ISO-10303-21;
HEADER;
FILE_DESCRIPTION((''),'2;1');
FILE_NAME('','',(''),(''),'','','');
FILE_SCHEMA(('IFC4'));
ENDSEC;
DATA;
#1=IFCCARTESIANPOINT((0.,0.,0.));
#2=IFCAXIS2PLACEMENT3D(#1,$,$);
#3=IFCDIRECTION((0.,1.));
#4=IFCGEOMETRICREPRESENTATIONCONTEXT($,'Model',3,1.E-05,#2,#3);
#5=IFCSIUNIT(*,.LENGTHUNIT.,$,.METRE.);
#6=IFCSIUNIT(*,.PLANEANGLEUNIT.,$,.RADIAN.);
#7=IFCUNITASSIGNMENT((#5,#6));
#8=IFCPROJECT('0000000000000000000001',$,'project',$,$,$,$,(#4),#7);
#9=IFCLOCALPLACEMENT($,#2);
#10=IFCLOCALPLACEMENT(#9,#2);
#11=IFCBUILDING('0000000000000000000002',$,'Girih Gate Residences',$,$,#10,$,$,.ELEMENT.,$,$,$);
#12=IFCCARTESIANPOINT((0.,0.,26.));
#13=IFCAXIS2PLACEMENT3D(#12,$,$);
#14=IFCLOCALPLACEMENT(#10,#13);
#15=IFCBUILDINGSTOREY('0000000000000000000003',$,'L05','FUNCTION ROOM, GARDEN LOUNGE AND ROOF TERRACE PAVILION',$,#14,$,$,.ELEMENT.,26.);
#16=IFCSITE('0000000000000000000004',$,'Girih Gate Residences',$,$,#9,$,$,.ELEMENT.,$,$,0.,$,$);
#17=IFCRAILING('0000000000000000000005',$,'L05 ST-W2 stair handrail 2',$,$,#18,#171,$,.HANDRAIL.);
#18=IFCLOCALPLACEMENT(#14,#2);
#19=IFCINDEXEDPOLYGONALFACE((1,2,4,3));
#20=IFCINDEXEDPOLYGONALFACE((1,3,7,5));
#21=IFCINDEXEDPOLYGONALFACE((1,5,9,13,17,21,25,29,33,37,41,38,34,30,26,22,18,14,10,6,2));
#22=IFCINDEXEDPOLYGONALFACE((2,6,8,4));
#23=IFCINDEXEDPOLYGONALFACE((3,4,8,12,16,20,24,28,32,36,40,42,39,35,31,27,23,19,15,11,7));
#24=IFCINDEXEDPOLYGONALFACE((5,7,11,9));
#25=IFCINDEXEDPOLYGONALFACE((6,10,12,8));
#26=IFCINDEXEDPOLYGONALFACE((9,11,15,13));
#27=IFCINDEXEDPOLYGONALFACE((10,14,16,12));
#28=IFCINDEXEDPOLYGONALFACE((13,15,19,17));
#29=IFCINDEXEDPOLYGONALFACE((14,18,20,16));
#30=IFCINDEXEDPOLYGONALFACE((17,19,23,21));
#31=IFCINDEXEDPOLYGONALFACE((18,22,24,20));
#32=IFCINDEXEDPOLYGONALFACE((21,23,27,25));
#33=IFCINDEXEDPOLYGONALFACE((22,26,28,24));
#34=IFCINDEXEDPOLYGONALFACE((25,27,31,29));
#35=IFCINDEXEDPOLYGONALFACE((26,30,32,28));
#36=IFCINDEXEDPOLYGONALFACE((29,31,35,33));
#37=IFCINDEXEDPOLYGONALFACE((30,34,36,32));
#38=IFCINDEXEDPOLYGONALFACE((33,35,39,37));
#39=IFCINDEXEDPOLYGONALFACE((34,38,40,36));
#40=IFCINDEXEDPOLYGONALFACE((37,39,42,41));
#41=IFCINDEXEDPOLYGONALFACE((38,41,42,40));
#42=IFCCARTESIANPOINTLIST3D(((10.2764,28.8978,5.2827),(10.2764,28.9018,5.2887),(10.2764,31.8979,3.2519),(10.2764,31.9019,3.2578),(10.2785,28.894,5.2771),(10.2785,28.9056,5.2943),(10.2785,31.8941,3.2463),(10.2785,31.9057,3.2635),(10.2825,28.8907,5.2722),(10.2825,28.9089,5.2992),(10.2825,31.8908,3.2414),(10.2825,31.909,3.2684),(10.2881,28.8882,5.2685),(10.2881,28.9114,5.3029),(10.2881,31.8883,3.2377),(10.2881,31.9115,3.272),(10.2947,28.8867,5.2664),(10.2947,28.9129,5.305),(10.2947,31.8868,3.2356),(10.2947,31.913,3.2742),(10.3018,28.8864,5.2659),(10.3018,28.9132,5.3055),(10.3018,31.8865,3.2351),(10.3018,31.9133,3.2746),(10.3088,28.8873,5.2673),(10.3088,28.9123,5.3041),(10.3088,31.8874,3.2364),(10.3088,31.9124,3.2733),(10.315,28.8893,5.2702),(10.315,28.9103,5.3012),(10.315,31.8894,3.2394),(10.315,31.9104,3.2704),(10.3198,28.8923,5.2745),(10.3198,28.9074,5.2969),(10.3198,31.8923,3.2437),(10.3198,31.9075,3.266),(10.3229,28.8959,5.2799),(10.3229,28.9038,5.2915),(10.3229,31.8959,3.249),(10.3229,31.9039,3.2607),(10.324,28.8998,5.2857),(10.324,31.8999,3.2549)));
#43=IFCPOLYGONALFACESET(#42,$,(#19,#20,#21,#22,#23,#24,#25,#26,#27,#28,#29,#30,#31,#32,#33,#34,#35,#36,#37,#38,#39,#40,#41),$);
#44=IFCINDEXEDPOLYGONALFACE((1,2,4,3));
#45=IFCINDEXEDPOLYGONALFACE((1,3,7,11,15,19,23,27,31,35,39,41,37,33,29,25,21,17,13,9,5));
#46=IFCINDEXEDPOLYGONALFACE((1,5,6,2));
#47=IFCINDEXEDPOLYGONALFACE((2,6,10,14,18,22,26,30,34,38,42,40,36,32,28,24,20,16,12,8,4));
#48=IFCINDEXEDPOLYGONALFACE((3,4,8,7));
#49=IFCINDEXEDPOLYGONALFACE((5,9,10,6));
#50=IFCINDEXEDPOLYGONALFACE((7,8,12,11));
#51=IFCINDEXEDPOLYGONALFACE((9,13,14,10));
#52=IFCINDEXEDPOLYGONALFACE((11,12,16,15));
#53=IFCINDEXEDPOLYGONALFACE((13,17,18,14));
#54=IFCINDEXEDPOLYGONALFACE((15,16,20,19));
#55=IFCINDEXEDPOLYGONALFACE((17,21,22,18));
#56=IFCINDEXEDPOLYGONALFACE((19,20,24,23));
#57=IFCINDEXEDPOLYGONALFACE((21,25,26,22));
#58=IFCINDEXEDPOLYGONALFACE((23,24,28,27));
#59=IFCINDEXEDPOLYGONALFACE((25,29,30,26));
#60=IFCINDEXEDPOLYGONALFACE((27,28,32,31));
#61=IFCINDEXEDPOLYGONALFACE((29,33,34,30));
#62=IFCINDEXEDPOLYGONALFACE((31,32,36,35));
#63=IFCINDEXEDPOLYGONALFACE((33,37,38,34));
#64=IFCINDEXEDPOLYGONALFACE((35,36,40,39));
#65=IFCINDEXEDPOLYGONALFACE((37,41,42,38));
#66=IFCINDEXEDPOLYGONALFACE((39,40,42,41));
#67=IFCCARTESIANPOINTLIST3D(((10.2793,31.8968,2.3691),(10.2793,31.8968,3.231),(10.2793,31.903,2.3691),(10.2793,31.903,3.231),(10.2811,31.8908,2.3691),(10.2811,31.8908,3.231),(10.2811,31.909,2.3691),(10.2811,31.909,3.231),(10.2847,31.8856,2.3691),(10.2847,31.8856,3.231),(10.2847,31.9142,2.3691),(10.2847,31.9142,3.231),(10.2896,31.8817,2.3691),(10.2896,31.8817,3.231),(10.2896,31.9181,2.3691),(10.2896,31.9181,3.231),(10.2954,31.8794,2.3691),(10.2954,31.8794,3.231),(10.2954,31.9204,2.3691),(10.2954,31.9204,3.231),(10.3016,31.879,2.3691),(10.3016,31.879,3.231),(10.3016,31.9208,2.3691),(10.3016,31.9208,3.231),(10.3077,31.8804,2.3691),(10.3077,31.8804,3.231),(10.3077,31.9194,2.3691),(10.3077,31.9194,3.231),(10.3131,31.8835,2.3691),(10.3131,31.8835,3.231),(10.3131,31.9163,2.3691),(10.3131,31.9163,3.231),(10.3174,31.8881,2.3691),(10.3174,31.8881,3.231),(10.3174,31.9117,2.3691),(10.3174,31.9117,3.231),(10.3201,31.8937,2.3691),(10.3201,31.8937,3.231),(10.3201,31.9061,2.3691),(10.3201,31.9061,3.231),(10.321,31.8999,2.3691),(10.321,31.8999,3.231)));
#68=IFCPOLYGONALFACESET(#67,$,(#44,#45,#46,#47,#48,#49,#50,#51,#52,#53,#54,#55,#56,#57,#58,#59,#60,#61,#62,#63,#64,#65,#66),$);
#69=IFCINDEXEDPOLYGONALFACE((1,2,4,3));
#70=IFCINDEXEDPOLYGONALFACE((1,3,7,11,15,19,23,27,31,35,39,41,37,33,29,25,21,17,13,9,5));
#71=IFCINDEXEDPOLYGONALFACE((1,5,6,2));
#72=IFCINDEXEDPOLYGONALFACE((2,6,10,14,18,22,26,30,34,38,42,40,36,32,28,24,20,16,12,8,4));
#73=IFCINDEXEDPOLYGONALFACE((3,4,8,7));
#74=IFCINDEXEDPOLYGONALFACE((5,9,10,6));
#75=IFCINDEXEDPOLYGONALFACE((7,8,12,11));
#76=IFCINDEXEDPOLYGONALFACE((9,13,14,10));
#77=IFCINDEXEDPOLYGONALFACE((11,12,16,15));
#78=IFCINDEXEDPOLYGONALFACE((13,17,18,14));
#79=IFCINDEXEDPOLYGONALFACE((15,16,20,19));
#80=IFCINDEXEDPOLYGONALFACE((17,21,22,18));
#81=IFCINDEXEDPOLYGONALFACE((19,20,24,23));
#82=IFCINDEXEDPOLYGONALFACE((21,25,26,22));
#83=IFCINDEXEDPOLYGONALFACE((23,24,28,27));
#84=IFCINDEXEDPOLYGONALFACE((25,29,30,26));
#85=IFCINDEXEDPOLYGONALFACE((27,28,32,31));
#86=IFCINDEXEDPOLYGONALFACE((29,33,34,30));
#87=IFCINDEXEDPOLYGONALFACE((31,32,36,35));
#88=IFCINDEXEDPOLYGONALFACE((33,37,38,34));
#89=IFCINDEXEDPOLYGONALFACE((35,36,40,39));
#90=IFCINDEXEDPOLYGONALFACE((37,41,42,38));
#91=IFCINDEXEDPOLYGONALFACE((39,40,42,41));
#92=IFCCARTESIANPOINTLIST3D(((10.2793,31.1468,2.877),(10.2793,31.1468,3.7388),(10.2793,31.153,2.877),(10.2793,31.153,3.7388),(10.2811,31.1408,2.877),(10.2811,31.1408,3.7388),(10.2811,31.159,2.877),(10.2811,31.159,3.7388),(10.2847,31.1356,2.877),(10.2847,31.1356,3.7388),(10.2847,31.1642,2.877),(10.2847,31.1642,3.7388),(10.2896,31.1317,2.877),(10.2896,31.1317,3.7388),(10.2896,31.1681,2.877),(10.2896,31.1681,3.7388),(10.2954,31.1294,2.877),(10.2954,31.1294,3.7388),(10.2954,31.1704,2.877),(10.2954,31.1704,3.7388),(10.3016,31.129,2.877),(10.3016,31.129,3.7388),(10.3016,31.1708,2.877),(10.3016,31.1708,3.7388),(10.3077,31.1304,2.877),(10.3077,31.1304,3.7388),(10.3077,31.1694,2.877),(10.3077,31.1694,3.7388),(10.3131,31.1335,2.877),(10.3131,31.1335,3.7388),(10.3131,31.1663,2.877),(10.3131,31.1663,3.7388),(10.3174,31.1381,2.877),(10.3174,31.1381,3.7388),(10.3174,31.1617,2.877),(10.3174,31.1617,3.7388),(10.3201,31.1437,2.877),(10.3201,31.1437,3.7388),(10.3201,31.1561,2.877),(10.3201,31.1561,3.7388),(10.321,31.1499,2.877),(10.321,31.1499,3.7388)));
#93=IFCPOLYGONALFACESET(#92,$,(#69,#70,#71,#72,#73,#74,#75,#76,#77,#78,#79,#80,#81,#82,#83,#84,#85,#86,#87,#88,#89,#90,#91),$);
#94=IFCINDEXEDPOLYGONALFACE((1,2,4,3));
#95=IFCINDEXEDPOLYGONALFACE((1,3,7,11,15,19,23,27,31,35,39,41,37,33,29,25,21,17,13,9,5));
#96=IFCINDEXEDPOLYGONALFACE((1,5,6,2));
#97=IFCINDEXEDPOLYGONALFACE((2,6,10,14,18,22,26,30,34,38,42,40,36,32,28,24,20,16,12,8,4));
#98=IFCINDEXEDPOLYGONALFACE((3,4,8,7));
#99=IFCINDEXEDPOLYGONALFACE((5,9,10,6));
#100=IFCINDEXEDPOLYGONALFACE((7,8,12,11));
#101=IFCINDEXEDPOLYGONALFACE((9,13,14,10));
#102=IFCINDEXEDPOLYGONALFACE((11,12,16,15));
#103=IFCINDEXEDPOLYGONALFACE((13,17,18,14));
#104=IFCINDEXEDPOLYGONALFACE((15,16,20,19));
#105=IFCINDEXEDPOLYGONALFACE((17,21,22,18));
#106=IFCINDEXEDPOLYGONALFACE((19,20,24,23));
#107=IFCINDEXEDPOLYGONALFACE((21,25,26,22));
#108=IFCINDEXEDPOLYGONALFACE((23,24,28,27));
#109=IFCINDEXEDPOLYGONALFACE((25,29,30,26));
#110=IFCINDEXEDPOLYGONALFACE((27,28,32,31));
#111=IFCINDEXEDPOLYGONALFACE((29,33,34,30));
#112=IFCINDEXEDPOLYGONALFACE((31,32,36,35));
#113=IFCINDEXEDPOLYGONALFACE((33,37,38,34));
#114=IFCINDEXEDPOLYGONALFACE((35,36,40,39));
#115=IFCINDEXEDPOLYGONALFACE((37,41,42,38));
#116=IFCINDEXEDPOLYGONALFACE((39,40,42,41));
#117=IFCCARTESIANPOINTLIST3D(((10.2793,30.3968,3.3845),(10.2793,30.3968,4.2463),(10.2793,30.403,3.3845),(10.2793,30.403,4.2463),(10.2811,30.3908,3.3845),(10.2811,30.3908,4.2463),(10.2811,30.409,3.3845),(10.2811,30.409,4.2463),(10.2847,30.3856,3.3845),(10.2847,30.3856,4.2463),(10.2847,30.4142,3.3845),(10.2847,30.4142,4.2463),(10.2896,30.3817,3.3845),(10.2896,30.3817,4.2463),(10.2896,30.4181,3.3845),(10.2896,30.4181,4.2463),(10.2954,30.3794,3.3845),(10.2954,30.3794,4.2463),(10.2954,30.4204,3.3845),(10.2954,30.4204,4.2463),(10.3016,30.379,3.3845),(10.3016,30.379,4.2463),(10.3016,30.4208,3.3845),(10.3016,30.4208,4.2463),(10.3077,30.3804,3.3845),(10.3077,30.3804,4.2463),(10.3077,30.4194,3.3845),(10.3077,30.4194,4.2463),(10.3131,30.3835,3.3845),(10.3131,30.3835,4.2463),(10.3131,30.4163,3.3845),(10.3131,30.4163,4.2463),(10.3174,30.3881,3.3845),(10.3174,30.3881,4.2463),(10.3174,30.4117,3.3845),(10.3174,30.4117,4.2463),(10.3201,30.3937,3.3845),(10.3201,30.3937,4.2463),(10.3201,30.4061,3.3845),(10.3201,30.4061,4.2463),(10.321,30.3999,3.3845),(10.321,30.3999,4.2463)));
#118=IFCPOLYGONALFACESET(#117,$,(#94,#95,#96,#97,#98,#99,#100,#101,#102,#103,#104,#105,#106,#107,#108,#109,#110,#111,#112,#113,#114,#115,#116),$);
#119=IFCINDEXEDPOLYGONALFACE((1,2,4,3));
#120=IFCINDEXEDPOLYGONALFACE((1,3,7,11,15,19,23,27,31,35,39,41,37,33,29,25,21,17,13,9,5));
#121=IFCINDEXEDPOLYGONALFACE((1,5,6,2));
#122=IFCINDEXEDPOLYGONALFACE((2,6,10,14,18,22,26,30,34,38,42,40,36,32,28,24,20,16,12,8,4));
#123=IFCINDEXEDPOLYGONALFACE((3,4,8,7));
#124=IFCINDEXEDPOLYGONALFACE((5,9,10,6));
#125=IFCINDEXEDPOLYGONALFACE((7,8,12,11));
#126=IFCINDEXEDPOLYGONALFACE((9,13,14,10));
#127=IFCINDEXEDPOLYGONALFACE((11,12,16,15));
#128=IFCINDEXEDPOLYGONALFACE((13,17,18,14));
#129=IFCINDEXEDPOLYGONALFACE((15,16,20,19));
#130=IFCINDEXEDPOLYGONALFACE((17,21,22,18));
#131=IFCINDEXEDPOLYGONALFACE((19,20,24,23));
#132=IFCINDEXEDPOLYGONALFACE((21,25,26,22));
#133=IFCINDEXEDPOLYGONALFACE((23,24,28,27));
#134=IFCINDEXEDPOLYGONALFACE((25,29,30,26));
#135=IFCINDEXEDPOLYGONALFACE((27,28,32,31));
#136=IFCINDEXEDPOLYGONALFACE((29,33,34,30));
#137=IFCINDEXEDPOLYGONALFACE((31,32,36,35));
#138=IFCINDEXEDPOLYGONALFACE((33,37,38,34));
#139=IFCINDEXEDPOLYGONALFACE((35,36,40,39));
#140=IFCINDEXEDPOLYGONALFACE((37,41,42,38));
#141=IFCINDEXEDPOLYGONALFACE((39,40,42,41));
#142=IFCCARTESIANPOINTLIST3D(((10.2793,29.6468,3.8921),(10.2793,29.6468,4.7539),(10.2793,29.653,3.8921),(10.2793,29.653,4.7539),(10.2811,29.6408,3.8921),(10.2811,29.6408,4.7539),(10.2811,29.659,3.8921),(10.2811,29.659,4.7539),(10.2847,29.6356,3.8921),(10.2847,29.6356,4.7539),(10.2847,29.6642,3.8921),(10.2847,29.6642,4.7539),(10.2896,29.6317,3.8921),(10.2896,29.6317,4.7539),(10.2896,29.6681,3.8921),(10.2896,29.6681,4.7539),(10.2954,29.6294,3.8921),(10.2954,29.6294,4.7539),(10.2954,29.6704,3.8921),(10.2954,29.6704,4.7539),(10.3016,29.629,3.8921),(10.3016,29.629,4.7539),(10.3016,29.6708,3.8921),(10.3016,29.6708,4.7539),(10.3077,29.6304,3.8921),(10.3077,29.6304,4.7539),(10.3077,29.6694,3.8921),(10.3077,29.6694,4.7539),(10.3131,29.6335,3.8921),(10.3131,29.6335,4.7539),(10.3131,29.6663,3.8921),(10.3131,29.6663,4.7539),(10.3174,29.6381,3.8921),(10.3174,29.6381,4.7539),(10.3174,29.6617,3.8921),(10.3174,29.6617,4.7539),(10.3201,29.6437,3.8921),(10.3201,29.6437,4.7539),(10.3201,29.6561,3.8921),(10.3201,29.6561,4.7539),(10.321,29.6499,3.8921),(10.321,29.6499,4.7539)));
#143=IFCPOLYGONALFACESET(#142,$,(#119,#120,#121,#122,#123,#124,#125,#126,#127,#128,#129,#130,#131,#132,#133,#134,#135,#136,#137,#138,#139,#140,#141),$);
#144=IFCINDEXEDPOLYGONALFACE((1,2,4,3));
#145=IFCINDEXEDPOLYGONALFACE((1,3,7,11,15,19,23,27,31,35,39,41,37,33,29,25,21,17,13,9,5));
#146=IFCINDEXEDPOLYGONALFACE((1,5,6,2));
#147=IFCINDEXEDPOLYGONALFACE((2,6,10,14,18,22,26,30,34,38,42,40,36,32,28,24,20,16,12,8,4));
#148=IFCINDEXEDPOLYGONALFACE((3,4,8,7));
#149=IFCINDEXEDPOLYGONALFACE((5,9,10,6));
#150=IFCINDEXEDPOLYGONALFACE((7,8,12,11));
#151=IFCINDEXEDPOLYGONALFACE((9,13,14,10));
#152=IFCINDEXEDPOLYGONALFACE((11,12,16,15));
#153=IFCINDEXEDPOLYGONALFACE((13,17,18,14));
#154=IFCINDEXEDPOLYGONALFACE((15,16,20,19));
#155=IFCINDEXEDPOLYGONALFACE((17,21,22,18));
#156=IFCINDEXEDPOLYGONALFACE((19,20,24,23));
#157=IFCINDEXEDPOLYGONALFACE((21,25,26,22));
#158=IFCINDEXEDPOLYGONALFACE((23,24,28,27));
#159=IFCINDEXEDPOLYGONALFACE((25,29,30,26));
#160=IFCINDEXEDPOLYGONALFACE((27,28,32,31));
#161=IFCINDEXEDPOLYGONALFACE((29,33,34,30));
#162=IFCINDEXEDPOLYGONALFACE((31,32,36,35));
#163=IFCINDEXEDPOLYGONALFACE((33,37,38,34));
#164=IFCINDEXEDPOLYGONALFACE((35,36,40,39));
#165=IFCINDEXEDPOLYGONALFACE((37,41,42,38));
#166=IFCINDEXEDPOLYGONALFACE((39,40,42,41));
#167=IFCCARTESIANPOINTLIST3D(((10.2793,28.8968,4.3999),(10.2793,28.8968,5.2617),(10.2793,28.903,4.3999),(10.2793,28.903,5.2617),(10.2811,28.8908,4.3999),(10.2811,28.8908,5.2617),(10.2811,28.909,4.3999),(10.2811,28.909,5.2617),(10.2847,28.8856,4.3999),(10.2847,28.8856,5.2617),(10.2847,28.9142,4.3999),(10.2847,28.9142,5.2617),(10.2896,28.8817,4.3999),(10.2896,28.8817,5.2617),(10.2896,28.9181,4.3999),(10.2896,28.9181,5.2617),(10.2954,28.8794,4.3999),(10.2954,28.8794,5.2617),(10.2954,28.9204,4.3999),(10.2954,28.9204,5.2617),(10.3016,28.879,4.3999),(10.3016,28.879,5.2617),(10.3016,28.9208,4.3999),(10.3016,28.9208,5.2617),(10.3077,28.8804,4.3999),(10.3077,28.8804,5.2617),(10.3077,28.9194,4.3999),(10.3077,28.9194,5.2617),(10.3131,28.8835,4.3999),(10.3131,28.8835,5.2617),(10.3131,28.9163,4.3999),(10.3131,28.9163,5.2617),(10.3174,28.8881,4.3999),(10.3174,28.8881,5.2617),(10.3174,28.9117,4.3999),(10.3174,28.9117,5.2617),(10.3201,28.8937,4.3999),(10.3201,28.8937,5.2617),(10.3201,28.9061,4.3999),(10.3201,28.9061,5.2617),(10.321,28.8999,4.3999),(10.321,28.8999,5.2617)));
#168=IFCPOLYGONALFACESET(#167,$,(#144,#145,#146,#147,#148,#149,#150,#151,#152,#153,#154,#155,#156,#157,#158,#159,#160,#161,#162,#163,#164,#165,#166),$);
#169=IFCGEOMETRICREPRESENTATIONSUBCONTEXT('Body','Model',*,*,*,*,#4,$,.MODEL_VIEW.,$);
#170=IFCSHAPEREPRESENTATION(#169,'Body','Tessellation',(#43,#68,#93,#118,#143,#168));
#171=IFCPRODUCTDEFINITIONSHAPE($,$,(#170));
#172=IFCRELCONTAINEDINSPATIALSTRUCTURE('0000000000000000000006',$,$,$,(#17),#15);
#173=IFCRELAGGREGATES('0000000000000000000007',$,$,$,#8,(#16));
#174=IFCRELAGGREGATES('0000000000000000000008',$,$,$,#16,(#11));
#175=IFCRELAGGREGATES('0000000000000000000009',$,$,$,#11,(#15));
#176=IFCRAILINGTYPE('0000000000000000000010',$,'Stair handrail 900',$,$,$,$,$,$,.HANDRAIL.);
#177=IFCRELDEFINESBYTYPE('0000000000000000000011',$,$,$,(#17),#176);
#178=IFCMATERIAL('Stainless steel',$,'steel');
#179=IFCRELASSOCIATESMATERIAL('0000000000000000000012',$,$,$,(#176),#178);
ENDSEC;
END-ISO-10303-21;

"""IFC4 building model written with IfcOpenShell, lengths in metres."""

from ifc_helpers import new_model, si_unit, direction, frame, origin, origin_2d, place, context, subcontext, project, spatial, circle, extrude, material, type_object, element, save


model = new_model("IFC4")

# Units and contexts
model_context = context("Model", 3, precision=1e-05, world=origin(), true_north=direction((0.0, 1.0)))
body_context = subcontext(model_context, "Body", "Model", "MODEL_VIEW")
ifc_project = project(units=[si_unit("LENGTHUNIT", "METRE"), si_unit("PLANEANGLEUNIT", "RADIAN")], contexts=[model_context])

# Site, building, storey
site_placement = place(None, origin())
site = spatial("IfcSite", under=ifc_project, at=site_placement, Name="Girih Gate Residences", CompositionType="ELEMENT", RefElevation=0.0)
building_placement = place(site_placement, origin())
building = spatial("IfcBuilding", under=site, at=building_placement, Name="Girih Gate Residences", CompositionType="ELEMENT")
storey_placement = place(building_placement, frame((0.0, 0.0, 26.0)))
storey = spatial("IfcBuildingStorey", under=building, at=storey_placement, Name="L05", Description="FUNCTION ROOM, GARDEN LOUNGE AND ROOF TERRACE PAVILION", CompositionType="ELEMENT", Elevation=26.0)

# Railing
ifc_material_1 = material(Name="Stainless steel", Category="steel")
railing_type_1 = type_object("IfcRailingType", Name="Stair handrail 900", PredefinedType="HANDRAIL", material=ifc_material_1)
railing_1_placement = place(storey_placement, frame((10.3, 31.8999, 2.3691)))
element("IfcRailing", 1, at=railing_1_placement, inside=storey, type_object=railing_type_1, Name="L05 ST-W2 stair handrail 2", PredefinedType="HANDRAIL", context=body_context, shape_type="SweptSolid", body=[
    extrude(circle(Radius=0.0239, at=origin_2d()), frame((0.0, 0.0, 0.8857), z_axis=(0.0, -0.82811, 0.560565), x_axis=(1.0, 0.0, 0.0)), (0.0, 0.0, 1.0), 3.6228),
    extrude(circle(Radius=0.021, at=origin_2d()), origin(), (0.0, 0.0, 1.0), 0.8618),
    extrude(circle(Radius=0.021, at=origin_2d()), frame((0.0, -0.75, 0.5078)), (0.0, 0.0, 1.0), 0.8618),
    extrude(circle(Radius=0.021, at=origin_2d()), frame((0.0, -1.5, 1.0154)), (0.0, 0.0, 1.0), 0.8618),
    extrude(circle(Radius=0.021, at=origin_2d()), frame((0.0, -2.25, 1.5229)), (0.0, 0.0, 1.0), 0.8618),
    extrude(circle(Radius=0.021, at=origin_2d()), frame((0.0, -3.0, 2.0308)), (0.0, 0.0, 1.0), 0.8618),
])

save(model, "model.ifc")
